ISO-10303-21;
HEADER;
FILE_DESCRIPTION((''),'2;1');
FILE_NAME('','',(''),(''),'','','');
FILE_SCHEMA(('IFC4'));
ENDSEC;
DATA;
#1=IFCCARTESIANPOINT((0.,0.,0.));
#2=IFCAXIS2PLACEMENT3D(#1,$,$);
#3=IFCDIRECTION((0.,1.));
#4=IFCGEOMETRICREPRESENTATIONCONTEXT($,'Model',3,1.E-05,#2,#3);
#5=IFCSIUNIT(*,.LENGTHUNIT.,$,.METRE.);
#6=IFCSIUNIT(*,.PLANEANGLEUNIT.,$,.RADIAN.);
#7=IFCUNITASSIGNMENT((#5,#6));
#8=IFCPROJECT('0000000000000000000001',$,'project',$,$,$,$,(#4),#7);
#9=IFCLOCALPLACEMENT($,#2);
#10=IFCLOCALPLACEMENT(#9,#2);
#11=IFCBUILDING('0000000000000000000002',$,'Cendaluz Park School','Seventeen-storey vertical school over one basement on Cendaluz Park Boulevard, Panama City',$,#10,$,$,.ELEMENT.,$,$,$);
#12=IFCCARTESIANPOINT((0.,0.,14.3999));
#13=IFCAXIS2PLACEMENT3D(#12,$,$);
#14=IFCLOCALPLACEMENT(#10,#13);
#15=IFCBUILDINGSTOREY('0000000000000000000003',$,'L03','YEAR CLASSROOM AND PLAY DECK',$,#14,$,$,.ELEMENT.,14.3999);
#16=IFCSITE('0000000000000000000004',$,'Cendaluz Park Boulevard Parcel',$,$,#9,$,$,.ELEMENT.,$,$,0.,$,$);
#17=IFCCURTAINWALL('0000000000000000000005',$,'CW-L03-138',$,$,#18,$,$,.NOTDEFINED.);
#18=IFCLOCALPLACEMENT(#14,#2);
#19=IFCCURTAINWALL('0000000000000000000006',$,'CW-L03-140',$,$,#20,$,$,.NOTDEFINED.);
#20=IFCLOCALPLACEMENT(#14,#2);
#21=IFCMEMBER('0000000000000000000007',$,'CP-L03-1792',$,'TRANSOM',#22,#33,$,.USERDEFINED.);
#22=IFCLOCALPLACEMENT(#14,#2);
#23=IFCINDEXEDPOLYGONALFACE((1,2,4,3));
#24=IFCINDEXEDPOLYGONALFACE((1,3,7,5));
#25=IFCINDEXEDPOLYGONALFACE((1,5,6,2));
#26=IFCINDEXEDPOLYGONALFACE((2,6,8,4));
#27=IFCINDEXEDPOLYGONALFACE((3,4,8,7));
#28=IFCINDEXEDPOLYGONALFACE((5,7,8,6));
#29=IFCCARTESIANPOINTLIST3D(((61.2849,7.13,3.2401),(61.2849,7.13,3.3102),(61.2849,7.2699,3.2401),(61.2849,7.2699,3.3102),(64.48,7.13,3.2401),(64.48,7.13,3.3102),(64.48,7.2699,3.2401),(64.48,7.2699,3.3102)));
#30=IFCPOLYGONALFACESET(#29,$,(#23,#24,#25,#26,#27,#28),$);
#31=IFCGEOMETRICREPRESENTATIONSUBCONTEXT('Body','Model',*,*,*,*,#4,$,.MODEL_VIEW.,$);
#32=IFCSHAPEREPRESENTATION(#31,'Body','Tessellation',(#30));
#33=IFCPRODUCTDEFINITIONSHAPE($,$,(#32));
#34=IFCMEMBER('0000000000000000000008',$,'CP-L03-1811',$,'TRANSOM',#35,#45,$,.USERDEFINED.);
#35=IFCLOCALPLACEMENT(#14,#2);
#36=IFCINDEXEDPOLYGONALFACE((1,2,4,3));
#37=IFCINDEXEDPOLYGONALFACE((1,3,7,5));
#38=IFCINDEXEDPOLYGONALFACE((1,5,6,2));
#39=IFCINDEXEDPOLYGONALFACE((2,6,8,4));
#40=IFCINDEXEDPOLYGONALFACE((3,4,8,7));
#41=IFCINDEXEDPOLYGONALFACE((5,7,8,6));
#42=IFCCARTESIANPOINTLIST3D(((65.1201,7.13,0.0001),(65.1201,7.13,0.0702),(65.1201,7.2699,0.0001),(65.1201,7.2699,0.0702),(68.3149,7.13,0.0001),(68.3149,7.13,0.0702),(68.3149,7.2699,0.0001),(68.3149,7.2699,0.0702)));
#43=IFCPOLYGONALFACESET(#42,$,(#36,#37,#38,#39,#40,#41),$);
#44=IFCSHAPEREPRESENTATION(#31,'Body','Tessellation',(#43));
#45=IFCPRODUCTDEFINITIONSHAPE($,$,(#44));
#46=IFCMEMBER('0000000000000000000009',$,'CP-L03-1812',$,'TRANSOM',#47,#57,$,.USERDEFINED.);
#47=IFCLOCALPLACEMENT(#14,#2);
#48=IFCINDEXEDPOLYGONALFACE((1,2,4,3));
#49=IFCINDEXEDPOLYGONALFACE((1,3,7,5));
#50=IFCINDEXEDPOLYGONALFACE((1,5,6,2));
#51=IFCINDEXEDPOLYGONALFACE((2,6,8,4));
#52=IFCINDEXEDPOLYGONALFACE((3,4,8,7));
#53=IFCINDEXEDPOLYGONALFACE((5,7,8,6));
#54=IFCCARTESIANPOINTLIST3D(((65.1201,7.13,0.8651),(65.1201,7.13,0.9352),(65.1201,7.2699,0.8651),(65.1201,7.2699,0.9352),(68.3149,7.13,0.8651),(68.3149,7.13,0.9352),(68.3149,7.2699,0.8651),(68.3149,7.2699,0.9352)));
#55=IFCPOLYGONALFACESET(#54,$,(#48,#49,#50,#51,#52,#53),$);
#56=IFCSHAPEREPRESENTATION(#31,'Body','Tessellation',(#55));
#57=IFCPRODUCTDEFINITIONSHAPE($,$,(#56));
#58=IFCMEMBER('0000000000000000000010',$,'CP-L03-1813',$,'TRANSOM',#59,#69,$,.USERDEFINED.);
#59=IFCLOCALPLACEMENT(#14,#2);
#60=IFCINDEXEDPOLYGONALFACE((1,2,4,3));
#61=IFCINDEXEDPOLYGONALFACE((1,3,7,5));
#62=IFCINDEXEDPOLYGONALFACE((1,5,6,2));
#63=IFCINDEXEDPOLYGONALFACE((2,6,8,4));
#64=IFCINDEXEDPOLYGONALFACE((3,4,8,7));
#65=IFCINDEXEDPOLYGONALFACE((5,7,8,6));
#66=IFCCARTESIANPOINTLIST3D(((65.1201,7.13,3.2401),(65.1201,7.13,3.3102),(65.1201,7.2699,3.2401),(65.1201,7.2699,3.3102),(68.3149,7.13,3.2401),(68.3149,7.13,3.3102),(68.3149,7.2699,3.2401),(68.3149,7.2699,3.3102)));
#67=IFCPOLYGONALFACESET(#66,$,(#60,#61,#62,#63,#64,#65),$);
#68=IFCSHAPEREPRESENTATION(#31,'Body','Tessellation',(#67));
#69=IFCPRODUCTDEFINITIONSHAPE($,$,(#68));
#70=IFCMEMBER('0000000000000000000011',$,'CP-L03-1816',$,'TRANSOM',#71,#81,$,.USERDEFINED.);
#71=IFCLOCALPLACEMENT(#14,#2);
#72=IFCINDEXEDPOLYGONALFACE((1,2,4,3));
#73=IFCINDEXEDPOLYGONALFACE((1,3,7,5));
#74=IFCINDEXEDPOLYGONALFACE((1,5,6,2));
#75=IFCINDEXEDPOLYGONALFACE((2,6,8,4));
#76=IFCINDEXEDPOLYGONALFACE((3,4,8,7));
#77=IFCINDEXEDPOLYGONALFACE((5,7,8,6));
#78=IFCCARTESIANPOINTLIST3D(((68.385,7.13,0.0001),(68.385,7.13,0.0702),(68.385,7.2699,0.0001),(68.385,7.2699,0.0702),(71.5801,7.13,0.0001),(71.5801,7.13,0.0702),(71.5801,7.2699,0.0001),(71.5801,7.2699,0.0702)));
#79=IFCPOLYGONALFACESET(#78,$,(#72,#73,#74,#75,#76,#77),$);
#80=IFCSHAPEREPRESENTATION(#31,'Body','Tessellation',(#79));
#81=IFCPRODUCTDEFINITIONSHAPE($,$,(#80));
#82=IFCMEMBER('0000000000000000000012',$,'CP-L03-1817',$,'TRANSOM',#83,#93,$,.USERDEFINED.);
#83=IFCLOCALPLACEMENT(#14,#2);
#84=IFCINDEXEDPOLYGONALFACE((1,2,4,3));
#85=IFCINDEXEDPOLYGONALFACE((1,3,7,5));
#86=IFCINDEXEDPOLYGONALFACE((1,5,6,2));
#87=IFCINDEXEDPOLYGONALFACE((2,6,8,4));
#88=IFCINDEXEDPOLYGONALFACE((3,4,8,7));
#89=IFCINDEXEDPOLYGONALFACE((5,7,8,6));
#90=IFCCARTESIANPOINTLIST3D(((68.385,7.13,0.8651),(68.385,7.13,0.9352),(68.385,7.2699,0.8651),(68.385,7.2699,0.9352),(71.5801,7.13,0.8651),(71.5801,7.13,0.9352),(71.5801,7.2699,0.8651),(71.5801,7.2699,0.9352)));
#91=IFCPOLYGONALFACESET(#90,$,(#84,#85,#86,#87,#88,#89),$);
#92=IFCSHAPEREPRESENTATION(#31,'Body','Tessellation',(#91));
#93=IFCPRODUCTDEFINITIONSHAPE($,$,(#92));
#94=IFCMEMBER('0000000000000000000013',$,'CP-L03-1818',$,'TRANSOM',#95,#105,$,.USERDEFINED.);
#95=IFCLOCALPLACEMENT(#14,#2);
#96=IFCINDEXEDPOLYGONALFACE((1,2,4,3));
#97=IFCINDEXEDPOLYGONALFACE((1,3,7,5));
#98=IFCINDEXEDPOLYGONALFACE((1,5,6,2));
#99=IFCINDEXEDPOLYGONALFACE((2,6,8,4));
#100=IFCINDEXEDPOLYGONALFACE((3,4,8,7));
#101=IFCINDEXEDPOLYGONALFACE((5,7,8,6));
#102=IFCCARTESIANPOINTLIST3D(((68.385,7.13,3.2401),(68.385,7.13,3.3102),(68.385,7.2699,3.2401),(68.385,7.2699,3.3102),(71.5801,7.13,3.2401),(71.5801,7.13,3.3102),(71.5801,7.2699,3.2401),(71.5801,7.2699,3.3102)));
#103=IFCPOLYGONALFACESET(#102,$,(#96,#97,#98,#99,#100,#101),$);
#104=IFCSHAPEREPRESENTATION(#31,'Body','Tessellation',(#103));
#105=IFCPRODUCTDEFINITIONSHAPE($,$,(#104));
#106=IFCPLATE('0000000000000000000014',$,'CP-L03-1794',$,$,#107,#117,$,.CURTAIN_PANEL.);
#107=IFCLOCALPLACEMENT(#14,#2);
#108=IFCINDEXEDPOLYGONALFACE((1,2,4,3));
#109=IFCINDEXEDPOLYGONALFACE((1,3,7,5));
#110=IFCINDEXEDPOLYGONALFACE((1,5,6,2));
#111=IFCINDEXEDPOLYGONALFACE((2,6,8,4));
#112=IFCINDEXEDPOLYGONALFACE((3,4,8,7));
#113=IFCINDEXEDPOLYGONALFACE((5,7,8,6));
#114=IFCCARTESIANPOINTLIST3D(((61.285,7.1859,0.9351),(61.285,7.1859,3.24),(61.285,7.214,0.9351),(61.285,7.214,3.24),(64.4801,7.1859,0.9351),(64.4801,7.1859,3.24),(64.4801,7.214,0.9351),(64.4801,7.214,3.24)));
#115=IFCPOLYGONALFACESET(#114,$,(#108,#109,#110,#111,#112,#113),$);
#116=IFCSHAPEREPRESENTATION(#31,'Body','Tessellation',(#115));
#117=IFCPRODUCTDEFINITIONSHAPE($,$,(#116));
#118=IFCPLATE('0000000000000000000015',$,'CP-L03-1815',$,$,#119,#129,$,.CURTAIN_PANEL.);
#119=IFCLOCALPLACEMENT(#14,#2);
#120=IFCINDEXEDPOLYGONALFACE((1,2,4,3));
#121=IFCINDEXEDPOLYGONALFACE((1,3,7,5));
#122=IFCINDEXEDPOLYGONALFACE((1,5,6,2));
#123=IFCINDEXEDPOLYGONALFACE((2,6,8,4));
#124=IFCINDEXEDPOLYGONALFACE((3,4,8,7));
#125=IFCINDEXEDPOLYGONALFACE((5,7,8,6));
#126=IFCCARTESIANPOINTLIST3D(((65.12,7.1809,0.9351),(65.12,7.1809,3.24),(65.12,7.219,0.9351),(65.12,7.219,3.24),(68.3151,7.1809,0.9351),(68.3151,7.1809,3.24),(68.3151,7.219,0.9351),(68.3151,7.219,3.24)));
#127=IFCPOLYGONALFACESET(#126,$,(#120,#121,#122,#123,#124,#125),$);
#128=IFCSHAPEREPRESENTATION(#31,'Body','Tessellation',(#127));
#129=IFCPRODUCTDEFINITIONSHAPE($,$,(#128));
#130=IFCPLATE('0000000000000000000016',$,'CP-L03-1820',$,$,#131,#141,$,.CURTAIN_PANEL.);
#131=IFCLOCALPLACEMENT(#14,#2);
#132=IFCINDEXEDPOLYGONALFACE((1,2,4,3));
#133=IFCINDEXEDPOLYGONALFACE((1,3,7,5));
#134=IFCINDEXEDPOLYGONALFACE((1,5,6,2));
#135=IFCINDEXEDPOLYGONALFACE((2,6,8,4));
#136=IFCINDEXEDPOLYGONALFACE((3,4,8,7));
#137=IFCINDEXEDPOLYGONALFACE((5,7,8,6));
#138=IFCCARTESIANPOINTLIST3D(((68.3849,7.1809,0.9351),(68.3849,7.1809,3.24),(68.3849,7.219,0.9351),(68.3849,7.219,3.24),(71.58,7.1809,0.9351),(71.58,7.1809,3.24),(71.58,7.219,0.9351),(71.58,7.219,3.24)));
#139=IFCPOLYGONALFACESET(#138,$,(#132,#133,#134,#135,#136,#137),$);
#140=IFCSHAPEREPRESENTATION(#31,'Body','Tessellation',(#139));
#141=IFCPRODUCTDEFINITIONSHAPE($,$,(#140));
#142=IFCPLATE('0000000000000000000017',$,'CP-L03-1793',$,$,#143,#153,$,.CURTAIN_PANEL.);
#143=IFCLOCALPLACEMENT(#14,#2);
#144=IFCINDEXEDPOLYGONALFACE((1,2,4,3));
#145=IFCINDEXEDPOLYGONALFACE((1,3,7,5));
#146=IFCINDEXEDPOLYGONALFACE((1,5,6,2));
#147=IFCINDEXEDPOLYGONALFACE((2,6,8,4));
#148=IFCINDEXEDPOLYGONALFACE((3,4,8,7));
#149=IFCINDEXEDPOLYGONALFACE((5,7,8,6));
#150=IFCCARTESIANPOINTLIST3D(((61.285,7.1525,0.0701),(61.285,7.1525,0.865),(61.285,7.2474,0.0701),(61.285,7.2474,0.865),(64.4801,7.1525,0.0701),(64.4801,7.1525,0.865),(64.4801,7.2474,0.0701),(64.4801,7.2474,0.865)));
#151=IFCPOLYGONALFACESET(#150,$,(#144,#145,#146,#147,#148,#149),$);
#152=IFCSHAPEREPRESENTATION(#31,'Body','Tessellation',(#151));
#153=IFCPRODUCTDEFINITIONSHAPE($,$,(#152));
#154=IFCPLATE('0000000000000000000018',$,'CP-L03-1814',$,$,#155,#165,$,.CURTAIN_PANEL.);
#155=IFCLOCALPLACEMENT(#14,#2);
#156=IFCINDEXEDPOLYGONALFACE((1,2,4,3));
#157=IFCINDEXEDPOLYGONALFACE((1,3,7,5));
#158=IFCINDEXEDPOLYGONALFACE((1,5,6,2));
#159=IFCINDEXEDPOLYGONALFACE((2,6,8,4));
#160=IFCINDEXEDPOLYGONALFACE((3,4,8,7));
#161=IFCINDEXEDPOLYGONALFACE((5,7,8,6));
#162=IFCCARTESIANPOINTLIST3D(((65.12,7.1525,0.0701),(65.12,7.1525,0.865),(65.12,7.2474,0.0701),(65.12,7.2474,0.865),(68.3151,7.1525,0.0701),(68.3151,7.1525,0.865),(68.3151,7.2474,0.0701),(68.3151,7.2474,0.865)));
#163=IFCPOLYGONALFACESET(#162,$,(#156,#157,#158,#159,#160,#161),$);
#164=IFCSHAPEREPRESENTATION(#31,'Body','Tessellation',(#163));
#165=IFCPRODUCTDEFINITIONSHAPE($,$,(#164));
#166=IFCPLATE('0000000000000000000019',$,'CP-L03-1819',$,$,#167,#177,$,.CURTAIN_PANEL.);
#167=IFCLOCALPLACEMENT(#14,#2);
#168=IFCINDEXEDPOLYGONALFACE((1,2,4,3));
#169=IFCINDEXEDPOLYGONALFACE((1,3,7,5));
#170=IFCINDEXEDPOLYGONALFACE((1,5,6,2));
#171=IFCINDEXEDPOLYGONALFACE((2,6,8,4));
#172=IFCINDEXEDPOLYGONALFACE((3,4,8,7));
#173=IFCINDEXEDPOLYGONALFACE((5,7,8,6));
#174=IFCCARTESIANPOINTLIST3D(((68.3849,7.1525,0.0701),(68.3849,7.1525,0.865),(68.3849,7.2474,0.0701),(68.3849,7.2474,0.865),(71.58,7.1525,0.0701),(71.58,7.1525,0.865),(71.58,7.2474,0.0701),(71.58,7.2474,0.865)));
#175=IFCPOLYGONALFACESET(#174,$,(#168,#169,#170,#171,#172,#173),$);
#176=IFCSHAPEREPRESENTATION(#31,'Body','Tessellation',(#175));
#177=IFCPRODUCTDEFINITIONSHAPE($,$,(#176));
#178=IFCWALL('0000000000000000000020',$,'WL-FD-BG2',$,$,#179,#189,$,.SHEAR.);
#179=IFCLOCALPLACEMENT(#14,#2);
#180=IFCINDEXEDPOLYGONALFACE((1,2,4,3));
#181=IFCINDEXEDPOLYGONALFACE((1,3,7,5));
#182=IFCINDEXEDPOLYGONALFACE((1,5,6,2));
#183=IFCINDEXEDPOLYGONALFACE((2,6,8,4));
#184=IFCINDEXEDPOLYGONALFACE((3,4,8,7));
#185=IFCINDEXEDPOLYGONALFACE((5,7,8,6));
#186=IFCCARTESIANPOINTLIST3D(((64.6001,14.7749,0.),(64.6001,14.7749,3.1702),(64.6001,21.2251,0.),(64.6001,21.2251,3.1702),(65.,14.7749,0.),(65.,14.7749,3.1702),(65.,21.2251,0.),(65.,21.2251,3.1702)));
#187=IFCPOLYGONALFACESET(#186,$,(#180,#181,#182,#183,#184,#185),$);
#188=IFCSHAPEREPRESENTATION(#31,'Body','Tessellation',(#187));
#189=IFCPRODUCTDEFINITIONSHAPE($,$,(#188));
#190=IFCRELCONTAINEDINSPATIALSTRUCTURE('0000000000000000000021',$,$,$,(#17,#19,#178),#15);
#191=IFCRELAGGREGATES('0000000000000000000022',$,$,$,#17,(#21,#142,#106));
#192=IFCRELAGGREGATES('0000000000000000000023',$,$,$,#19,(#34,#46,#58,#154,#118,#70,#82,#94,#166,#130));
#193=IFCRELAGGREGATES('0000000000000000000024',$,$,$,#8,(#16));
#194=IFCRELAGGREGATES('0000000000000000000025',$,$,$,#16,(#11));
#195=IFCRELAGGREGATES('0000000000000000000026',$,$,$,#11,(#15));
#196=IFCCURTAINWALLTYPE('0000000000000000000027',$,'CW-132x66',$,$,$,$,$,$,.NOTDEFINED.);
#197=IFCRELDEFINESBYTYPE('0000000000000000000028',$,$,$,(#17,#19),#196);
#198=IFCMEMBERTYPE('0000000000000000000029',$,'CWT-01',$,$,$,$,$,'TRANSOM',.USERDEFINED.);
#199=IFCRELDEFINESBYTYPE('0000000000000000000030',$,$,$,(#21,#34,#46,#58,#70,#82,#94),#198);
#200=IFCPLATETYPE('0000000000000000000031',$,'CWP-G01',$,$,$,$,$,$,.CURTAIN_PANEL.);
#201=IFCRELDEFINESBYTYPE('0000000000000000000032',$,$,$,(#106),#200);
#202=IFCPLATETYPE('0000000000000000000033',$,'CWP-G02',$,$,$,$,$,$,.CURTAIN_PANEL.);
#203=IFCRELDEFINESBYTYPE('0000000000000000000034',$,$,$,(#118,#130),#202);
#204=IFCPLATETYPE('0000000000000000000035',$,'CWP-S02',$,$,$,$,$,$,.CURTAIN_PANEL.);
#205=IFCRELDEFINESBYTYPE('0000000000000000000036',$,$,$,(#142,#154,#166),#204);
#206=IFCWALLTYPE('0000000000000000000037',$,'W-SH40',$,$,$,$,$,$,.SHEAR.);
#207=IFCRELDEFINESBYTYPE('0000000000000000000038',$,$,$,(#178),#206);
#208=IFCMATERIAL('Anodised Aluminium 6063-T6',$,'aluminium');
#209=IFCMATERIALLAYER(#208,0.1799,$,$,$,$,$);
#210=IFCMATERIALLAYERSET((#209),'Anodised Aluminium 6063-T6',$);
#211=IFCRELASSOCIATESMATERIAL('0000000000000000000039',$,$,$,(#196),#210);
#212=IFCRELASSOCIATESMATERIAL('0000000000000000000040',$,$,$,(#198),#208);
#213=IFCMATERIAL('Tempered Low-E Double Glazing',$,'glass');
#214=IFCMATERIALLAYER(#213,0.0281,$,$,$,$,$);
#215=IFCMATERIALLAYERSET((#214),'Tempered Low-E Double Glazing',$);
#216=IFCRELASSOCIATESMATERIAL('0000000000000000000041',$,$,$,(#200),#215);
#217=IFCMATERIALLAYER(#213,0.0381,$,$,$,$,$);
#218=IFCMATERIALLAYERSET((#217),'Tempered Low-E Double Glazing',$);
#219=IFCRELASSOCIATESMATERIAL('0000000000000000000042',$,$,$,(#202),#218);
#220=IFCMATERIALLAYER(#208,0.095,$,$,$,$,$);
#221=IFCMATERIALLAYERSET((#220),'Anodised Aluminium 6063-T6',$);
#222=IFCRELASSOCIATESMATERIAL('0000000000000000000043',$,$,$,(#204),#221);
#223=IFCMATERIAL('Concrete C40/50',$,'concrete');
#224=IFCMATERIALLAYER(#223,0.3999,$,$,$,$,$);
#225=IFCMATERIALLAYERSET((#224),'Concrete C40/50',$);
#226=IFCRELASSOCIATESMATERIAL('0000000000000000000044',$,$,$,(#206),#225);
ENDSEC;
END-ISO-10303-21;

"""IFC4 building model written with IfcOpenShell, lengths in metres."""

from ifc_helpers import new_model, si_unit, direction, frame, frame_2d, origin, origin_2d, place, context, subcontext, project, spatial, rectangle, extrude, material, layer, layer_set, material_profile, profile_set, type_object, element, aggregate, save


model = new_model("IFC4")

# Units and contexts
model_context = context("Model", 3, precision=1e-05, world=origin(), true_north=direction((0.0, 1.0)))
body_context = subcontext(model_context, "Body", "Model", "MODEL_VIEW")
ifc_project = project(units=[si_unit("LENGTHUNIT", "METRE"), si_unit("PLANEANGLEUNIT", "RADIAN")], contexts=[model_context])

# Site, building, storey
site_placement = place(None, origin())
site = spatial("IfcSite", under=ifc_project, at=site_placement, Name="Cendaluz Park Boulevard Parcel", CompositionType="ELEMENT", RefElevation=0.0)
building_placement = place(site_placement, origin())
building = spatial("IfcBuilding", under=site, at=building_placement, Name="Cendaluz Park School", Description="Seventeen-storey vertical school over one basement on Cendaluz Park Boulevard, Panama City", CompositionType="ELEMENT")
storey_placement = place(building_placement, frame((0.0, 0.0, 14.3999)))
storey = spatial("IfcBuildingStorey", under=building, at=storey_placement, Name="L03", Description="YEAR CLASSROOM AND PLAY DECK", CompositionType="ELEMENT", Elevation=14.3999)

# Shared definitions
ifc_material_1 = material(Name="Concrete C40/50", Category="concrete")

# Curtain walls
ifc_material_2 = material(Name="Anodised Aluminium 6063-T6", Category="aluminium")
ifc_layer_1 = layer(ifc_material_2, 0.1799)
ifc_layer_set_1 = layer_set([ifc_layer_1], Name="Anodised Aluminium 6063-T6")
curtain_wall_type = type_object("IfcCurtainWallType", Name="CW-132x66", PredefinedType="NOTDEFINED", material=ifc_layer_set_1)
curtain_wall_1_placement = place(storey_placement, origin())
curtain_wall_1 = element("IfcCurtainWall", 1, at=curtain_wall_1_placement, inside=storey, type_object=curtain_wall_type, Name="CW-L03-138", PredefinedType="NOTDEFINED")
curtain_wall_2_placement = place(storey_placement, origin())
curtain_wall_2 = element("IfcCurtainWall", 2, at=curtain_wall_2_placement, inside=storey, type_object=curtain_wall_type, Name="CW-L03-140", PredefinedType="NOTDEFINED")

# Members
ifc_material_profile_1 = material_profile(ifc_material_2, rectangle(XDim=0.1399, YDim=0.0701, at=origin_2d()), Name="CWT 140x70", Category="aluminium")
ifc_profile_set_1 = profile_set([ifc_material_profile_1], Name="Anodised Aluminium 6063-T6")
member_type_1 = type_object("IfcMemberType", Name="CWT-01", ElementType="TRANSOM", PredefinedType="USERDEFINED", material=ifc_profile_set_1)
member_1_placement = place(storey_placement, frame((61.2849, 7.2, 3.2751), z_axis=(1.0, 0.0, 0.0), x_axis=(0.0, 1.0, 0.0)))
member_1 = element("IfcMember", 3, at=member_1_placement, type_object=member_type_1, Name="CP-L03-1792", ObjectType="TRANSOM", PredefinedType="USERDEFINED", context=body_context, shape_type="SweptSolid", body=[
    extrude(rectangle(XDim=0.1399, YDim=0.0701, at=origin_2d()), origin(), (0.0, 0.0, 1.0), 3.1951),
])
member_2_placement = place(storey_placement, frame((65.1201, 7.2, 0.0352), z_axis=(1.0, 0.0, 0.0), x_axis=(0.0, 1.0, 0.0)))
member_2 = element("IfcMember", 4, at=member_2_placement, type_object=member_type_1, Name="CP-L03-1811", ObjectType="TRANSOM", PredefinedType="USERDEFINED", context=body_context, shape_type="SweptSolid", body=[
    extrude(rectangle(XDim=0.1399, YDim=0.0701, at=origin_2d()), origin(), (0.0, 0.0, 1.0), 3.1948),
])
member_3_placement = place(storey_placement, frame((65.1201, 7.2, 0.9001), z_axis=(1.0, 0.0, 0.0), x_axis=(0.0, 1.0, 0.0)))
member_3 = element("IfcMember", 5, at=member_3_placement, type_object=member_type_1, Name="CP-L03-1812", ObjectType="TRANSOM", PredefinedType="USERDEFINED", context=body_context, shape_type="SweptSolid", body=[
    extrude(rectangle(XDim=0.1399, YDim=0.0701, at=origin_2d()), origin(), (0.0, 0.0, 1.0), 3.1948),
])
member_4_placement = place(storey_placement, frame((65.1201, 7.2, 3.2751), z_axis=(1.0, 0.0, 0.0), x_axis=(0.0, 1.0, 0.0)))
member_4 = element("IfcMember", 6, at=member_4_placement, type_object=member_type_1, Name="CP-L03-1813", ObjectType="TRANSOM", PredefinedType="USERDEFINED", context=body_context, shape_type="SweptSolid", body=[
    extrude(rectangle(XDim=0.1399, YDim=0.0701, at=origin_2d()), origin(), (0.0, 0.0, 1.0), 3.1948),
])
member_5_placement = place(storey_placement, frame((68.385, 7.2, 0.0352), z_axis=(1.0, 0.0, 0.0), x_axis=(0.0, 1.0, 0.0)))
member_5 = element("IfcMember", 7, at=member_5_placement, type_object=member_type_1, Name="CP-L03-1816", ObjectType="TRANSOM", PredefinedType="USERDEFINED", context=body_context, shape_type="SweptSolid", body=[
    extrude(rectangle(XDim=0.1399, YDim=0.0701, at=origin_2d()), origin(), (0.0, 0.0, 1.0), 3.1951),
])
member_6_placement = place(storey_placement, frame((68.385, 7.2, 0.9001), z_axis=(1.0, 0.0, 0.0), x_axis=(0.0, 1.0, 0.0)))
member_6 = element("IfcMember", 8, at=member_6_placement, type_object=member_type_1, Name="CP-L03-1817", ObjectType="TRANSOM", PredefinedType="USERDEFINED", context=body_context, shape_type="SweptSolid", body=[
    extrude(rectangle(XDim=0.1399, YDim=0.0701, at=origin_2d()), origin(), (0.0, 0.0, 1.0), 3.1951),
])
member_7_placement = place(storey_placement, frame((68.385, 7.2, 3.2751), z_axis=(1.0, 0.0, 0.0), x_axis=(0.0, 1.0, 0.0)))
member_7 = element("IfcMember", 9, at=member_7_placement, type_object=member_type_1, Name="CP-L03-1818", ObjectType="TRANSOM", PredefinedType="USERDEFINED", context=body_context, shape_type="SweptSolid", body=[
    extrude(rectangle(XDim=0.1399, YDim=0.0701, at=origin_2d()), origin(), (0.0, 0.0, 1.0), 3.1951),
])

# Plates
ifc_material_3 = material(Name="Tempered Low-E Double Glazing", Category="glass")
ifc_layer_2 = layer(ifc_material_3, 0.0281)
ifc_layer_set_2 = layer_set([ifc_layer_2], Name="Tempered Low-E Double Glazing")
plate_type_1 = type_object("IfcPlateType", Name="CWP-G01", PredefinedType="CURTAIN_PANEL", material=ifc_layer_set_2)
plate_1_placement = place(storey_placement, frame((62.8826, 7.2, 0.9351), z_axis=(0.0, 0.0, 1.0), x_axis=(1.0, 0.0, 0.0)))
plate_1 = element("IfcPlate", 10, at=plate_1_placement, type_object=plate_type_1, Name="CP-L03-1794", PredefinedType="CURTAIN_PANEL", context=body_context, shape_type="SweptSolid", body=[
    extrude(rectangle(XDim=3.1951, YDim=0.0281, at=origin_2d()), origin(), (0.0, 0.0, 1.0), 2.3049),
])
ifc_layer_3 = layer(ifc_material_3, 0.0381)
ifc_layer_set_3 = layer_set([ifc_layer_3], Name="Tempered Low-E Double Glazing")
plate_type_2 = type_object("IfcPlateType", Name="CWP-G02", PredefinedType="CURTAIN_PANEL", material=ifc_layer_set_3)
plate_2_placement = place(storey_placement, frame((66.7175, 7.2, 0.9351), z_axis=(0.0, 0.0, 1.0), x_axis=(1.0, 0.0, 0.0)))
plate_2 = element("IfcPlate", 11, at=plate_2_placement, type_object=plate_type_2, Name="CP-L03-1815", PredefinedType="CURTAIN_PANEL", context=body_context, shape_type="SweptSolid", body=[
    extrude(rectangle(XDim=3.1951, YDim=0.0381, at=origin_2d()), origin(), (0.0, 0.0, 1.0), 2.3049),
])
plate_3_placement = place(storey_placement, frame((69.9824, 7.2, 0.9351), z_axis=(0.0, 0.0, 1.0), x_axis=(1.0, 0.0, 0.0)))
plate_3 = element("IfcPlate", 12, at=plate_3_placement, type_object=plate_type_2, Name="CP-L03-1820", PredefinedType="CURTAIN_PANEL", context=body_context, shape_type="SweptSolid", body=[
    extrude(rectangle(XDim=3.1951, YDim=0.0381, at=origin_2d()), origin(), (0.0, 0.0, 1.0), 2.3049),
])
ifc_layer_4 = layer(ifc_material_2, 0.095)
ifc_layer_set_4 = layer_set([ifc_layer_4], Name="Anodised Aluminium 6063-T6")
plate_type_3 = type_object("IfcPlateType", Name="CWP-S02", PredefinedType="CURTAIN_PANEL", material=ifc_layer_set_4)
plate_4_placement = place(storey_placement, frame((62.8826, 7.2, 0.0701), z_axis=(0.0, 0.0, 1.0), x_axis=(1.0, 0.0, 0.0)))
plate_4 = element("IfcPlate", 13, at=plate_4_placement, type_object=plate_type_3, Name="CP-L03-1793", PredefinedType="CURTAIN_PANEL", context=body_context, shape_type="SweptSolid", body=[
    extrude(rectangle(XDim=3.1951, YDim=0.095, at=origin_2d()), origin(), (0.0, 0.0, 1.0), 0.7949),
])
aggregate(curtain_wall_1, [member_1, plate_4, plate_1])
plate_5_placement = place(storey_placement, frame((66.7175, 7.2, 0.0701), z_axis=(0.0, 0.0, 1.0), x_axis=(1.0, 0.0, 0.0)))
plate_5 = element("IfcPlate", 14, at=plate_5_placement, type_object=plate_type_3, Name="CP-L03-1814", PredefinedType="CURTAIN_PANEL", context=body_context, shape_type="SweptSolid", body=[
    extrude(rectangle(XDim=3.1951, YDim=0.095, at=origin_2d()), origin(), (0.0, 0.0, 1.0), 0.7949),
])
plate_6_placement = place(storey_placement, frame((69.9824, 7.2, 0.0701), z_axis=(0.0, 0.0, 1.0), x_axis=(1.0, 0.0, 0.0)))
plate_6 = element("IfcPlate", 15, at=plate_6_placement, type_object=plate_type_3, Name="CP-L03-1819", PredefinedType="CURTAIN_PANEL", context=body_context, shape_type="SweptSolid", body=[
    extrude(rectangle(XDim=3.1951, YDim=0.095, at=origin_2d()), origin(), (0.0, 0.0, 1.0), 0.7949),
])
aggregate(curtain_wall_2, [member_2, member_3, member_4, plate_5, plate_2, member_5, member_6, member_7, plate_6, plate_3])

# Wall
ifc_layer_5 = layer(ifc_material_1, 0.3999)
ifc_layer_set_5 = layer_set([ifc_layer_5], Name="Concrete C40/50")
wall_type_1 = type_object("IfcWallType", Name="W-SH40", PredefinedType="SHEAR", material=ifc_layer_set_5)
wall_1_placement = place(storey_placement, frame((64.8, 14.7749, 0.0), z_axis=(0.0, 0.0, 1.0), x_axis=(0.0, 1.0, 0.0)))
element("IfcWall", 16, at=wall_1_placement, inside=storey, type_object=wall_type_1, Name="WL-FD-BG2", PredefinedType="SHEAR", context=body_context, shape_type="SweptSolid", body=[
    extrude(rectangle(XDim=6.4502, YDim=0.3999, at=frame_2d((3.2251, 0.0))), origin(), (0.0, 0.0, 1.0), 3.1702),
])

save(model, "model.ifc")
